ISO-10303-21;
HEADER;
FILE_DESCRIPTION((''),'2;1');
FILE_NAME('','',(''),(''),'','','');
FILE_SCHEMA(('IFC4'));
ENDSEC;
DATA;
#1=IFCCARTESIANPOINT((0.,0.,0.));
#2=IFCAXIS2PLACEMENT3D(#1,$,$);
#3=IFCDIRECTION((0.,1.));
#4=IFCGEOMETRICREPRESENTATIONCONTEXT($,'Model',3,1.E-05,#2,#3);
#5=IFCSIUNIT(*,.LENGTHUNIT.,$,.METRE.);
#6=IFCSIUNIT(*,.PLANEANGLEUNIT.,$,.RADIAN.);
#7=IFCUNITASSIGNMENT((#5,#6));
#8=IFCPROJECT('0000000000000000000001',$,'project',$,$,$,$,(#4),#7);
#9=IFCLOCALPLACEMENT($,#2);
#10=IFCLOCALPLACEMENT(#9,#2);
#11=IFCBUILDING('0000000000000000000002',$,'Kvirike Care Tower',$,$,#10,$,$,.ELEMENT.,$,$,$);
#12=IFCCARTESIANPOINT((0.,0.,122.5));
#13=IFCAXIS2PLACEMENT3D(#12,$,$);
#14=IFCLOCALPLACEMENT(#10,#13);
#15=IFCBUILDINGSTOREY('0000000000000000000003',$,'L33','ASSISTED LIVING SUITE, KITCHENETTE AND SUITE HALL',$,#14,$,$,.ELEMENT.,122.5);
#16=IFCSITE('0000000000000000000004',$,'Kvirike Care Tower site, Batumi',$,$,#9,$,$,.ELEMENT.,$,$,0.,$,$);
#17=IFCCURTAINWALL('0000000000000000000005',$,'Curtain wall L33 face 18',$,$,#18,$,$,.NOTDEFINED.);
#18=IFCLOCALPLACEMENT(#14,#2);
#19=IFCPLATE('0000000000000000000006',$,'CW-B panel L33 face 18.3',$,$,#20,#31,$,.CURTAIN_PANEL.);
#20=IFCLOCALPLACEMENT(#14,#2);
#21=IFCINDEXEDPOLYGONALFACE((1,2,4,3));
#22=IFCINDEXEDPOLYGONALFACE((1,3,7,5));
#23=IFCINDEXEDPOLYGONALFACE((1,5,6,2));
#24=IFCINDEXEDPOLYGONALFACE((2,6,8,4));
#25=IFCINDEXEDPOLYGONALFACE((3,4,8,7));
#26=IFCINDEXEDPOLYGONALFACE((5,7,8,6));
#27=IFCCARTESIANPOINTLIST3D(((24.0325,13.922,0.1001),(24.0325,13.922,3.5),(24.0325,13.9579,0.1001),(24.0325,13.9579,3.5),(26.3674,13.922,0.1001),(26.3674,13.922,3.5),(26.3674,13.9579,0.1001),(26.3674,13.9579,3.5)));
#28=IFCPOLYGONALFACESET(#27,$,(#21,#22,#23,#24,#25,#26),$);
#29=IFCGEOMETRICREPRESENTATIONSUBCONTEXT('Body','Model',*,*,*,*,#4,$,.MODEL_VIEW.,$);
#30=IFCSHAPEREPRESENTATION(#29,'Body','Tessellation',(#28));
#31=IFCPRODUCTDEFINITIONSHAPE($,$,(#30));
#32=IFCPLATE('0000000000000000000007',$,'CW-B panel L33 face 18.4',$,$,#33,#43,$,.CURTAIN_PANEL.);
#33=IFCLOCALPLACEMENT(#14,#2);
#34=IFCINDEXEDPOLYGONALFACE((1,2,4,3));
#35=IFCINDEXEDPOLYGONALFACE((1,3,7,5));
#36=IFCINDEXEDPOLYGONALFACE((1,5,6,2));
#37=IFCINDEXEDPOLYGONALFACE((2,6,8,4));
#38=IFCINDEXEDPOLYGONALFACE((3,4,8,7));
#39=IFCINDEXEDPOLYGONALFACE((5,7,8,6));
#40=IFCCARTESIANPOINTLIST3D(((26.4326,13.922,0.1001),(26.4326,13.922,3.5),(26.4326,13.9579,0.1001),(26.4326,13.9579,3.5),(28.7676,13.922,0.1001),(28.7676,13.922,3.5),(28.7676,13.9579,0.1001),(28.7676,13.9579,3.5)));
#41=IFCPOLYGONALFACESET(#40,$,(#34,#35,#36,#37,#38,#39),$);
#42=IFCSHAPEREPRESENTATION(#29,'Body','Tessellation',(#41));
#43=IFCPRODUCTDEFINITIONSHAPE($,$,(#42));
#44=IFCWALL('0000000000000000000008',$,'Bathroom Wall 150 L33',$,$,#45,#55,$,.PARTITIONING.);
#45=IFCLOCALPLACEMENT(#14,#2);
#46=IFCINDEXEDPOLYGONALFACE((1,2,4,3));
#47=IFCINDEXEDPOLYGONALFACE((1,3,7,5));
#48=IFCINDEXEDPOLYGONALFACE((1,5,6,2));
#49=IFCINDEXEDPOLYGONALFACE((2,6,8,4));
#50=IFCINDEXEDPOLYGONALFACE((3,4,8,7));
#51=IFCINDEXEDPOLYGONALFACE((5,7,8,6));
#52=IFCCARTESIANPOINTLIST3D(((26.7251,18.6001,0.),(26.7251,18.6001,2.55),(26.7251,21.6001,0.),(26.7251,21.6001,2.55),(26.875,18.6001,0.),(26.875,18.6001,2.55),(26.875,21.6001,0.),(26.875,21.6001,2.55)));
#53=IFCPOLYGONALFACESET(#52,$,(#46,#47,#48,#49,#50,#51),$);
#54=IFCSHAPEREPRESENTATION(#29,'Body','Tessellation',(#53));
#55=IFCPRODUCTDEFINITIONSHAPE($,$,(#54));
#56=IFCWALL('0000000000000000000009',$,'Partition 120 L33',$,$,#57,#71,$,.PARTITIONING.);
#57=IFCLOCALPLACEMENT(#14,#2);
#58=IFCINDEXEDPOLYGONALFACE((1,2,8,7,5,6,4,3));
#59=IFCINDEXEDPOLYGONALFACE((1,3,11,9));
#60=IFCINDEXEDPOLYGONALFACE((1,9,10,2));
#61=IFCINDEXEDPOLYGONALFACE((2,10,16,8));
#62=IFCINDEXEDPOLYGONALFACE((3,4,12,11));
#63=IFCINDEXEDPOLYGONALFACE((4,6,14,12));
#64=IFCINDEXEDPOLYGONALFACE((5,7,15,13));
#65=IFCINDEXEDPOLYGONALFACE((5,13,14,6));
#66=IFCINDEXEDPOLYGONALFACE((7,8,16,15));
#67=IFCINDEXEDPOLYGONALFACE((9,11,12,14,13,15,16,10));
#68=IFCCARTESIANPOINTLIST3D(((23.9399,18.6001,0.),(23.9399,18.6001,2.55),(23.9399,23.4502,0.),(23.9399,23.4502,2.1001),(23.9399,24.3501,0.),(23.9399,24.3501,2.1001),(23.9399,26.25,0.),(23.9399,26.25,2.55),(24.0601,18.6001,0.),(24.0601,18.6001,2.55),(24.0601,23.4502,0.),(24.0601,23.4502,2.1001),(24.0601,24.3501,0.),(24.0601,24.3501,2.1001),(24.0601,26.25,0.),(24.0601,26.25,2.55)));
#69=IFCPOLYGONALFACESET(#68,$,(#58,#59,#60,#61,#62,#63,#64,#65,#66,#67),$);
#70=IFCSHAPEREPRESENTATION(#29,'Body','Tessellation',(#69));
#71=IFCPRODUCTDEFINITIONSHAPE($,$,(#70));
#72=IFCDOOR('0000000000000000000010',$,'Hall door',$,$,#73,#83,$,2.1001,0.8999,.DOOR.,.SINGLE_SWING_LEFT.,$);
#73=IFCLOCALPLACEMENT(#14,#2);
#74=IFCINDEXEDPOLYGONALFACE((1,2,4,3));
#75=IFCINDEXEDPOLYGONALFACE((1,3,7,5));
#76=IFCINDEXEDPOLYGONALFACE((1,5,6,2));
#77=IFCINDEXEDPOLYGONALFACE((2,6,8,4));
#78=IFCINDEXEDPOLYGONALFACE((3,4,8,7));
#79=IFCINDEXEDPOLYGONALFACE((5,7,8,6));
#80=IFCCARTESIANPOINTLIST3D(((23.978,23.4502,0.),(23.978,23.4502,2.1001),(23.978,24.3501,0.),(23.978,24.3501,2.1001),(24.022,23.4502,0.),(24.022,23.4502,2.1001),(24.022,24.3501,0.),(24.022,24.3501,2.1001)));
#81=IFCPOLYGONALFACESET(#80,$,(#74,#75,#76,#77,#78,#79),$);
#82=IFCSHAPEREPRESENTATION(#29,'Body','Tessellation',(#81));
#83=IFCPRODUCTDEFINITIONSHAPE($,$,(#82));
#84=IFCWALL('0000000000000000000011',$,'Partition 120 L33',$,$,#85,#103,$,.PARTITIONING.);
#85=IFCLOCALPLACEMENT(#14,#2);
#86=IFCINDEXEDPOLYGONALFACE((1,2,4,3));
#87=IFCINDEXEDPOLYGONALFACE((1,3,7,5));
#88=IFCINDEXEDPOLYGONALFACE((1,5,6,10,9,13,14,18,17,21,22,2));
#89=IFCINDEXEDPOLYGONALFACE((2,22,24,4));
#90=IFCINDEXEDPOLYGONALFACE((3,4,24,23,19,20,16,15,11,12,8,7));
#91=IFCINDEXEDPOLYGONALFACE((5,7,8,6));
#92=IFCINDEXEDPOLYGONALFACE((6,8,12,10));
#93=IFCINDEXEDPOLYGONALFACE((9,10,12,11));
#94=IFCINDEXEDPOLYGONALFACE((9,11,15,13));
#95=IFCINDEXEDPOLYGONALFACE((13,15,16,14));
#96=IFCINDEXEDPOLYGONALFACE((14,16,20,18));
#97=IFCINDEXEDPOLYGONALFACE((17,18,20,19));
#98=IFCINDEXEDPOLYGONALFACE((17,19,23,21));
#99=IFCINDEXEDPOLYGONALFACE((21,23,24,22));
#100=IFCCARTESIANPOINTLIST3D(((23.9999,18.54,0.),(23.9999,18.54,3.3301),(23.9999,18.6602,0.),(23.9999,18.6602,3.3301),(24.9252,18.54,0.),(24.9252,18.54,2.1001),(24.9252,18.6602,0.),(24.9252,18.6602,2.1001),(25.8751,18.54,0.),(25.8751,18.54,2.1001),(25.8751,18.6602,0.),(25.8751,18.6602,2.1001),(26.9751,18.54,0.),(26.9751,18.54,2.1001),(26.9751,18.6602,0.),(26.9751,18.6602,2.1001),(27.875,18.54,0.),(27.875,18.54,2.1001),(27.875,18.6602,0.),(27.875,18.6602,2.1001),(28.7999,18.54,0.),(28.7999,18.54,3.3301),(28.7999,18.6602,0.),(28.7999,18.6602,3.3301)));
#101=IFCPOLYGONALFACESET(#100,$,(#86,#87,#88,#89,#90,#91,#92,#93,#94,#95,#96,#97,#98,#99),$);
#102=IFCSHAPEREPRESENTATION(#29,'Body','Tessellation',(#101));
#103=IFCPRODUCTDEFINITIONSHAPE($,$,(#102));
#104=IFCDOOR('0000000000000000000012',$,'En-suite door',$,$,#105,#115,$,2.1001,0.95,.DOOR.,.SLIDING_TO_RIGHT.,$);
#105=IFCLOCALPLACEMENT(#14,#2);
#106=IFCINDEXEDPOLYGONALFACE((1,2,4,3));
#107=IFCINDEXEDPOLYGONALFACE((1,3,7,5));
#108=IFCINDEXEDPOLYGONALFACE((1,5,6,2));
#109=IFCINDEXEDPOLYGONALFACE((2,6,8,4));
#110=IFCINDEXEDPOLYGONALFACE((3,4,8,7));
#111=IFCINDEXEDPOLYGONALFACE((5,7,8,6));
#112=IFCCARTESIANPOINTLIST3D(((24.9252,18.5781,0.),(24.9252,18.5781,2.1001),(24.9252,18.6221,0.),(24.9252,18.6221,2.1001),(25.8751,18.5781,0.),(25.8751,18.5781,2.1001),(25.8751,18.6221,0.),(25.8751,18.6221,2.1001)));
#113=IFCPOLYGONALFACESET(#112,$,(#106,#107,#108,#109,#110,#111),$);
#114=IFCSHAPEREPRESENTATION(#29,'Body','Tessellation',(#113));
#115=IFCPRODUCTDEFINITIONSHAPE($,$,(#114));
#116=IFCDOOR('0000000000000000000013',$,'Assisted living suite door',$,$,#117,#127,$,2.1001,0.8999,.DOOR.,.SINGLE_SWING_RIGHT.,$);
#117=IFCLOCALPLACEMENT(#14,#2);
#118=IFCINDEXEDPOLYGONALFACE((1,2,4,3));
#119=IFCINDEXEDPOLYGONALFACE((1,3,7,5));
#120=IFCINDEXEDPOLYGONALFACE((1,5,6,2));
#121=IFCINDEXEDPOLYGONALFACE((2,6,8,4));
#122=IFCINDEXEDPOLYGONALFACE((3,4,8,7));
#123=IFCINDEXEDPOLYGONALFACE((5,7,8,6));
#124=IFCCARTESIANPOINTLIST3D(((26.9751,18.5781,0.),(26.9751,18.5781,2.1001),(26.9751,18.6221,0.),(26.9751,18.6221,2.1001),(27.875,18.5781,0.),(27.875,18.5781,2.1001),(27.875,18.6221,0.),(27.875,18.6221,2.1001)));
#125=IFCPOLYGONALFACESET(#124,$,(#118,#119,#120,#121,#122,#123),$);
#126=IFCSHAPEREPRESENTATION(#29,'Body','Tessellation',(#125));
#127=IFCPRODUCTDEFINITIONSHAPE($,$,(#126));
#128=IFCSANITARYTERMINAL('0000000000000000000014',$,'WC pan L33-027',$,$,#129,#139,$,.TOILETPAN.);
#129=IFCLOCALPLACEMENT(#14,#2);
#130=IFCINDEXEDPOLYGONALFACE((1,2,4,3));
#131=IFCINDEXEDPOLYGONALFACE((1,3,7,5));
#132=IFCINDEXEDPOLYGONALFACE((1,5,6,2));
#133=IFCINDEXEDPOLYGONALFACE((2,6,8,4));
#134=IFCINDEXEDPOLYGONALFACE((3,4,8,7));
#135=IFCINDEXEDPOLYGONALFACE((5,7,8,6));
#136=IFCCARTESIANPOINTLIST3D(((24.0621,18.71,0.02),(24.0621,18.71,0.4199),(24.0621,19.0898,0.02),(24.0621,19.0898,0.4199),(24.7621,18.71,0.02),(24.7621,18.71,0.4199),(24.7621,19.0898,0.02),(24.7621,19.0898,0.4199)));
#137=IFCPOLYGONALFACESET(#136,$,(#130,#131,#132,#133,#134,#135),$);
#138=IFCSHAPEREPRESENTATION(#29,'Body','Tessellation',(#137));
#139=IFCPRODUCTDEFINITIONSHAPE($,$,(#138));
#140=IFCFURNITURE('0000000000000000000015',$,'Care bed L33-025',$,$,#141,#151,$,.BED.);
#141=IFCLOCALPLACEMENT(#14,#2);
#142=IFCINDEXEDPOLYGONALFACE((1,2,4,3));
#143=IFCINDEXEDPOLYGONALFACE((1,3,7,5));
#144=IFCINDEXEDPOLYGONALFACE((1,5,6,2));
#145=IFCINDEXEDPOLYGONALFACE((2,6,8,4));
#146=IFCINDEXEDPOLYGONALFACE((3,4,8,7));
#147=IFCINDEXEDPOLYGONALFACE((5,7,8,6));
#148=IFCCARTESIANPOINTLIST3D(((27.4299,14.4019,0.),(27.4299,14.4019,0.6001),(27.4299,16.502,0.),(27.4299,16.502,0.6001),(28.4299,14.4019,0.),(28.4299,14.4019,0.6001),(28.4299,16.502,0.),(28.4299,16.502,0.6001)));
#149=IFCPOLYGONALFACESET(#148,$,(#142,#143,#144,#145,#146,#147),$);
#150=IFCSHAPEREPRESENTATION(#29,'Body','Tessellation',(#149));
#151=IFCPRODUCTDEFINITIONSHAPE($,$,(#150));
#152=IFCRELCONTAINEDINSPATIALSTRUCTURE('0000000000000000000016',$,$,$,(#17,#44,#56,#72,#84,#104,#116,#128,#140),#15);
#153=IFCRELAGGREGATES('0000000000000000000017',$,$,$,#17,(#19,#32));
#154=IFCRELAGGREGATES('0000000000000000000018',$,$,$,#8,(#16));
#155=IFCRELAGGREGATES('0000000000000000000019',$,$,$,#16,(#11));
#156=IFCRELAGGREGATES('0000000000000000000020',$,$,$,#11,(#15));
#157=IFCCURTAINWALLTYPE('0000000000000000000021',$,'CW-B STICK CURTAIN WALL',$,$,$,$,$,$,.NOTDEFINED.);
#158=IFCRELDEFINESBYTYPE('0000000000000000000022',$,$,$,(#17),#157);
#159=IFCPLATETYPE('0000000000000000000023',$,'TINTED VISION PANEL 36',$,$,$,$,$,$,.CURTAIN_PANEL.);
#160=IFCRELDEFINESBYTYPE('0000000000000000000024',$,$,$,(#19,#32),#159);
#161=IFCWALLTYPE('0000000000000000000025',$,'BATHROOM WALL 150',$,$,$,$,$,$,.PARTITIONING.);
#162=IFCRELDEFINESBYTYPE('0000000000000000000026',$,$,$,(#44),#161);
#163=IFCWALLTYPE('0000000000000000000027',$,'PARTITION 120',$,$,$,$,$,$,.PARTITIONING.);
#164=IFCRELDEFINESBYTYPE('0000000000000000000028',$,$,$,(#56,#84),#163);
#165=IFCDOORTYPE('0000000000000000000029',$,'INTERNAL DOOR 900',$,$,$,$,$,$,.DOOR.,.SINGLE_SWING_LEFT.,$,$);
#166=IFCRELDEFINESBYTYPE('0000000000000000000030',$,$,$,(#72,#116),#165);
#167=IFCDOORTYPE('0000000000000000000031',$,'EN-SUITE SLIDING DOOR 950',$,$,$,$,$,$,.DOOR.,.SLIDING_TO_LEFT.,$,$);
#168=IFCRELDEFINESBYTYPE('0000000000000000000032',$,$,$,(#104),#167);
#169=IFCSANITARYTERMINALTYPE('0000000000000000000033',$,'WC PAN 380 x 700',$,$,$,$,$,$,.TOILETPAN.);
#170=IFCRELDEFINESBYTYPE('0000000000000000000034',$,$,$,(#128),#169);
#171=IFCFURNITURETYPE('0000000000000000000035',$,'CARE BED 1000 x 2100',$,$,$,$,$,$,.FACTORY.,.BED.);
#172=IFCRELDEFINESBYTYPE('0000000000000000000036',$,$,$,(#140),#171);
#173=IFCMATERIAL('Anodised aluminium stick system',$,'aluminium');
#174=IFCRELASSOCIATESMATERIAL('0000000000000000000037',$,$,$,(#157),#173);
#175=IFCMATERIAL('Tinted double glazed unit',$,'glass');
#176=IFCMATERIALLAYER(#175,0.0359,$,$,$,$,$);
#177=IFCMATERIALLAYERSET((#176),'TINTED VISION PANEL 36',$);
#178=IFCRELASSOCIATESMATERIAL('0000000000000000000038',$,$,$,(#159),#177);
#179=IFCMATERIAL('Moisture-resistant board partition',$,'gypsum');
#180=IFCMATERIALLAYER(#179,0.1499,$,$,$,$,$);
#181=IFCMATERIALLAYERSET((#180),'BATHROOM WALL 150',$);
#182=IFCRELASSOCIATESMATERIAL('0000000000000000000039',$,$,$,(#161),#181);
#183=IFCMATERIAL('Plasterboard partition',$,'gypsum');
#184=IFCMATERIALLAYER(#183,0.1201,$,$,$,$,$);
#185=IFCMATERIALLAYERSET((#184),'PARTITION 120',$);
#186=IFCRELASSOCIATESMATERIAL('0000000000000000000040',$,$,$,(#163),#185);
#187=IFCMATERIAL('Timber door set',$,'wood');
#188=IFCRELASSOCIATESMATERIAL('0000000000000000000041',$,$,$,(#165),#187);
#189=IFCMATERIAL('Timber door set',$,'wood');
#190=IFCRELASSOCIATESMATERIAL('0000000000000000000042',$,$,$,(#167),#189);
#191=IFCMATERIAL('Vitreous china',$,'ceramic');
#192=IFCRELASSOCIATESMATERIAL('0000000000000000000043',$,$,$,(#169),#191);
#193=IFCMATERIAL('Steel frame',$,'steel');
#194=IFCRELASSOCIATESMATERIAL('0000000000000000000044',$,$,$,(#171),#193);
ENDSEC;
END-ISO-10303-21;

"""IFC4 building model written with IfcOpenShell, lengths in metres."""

from ifc_helpers import new_model, si_unit, direction, frame, frame_2d, origin, origin_2d, place, context, subcontext, project, spatial, rectangle, extrude, material, layer, layer_set, type_object, element, fill, aggregate, save


model = new_model("IFC4")

# Units and contexts
model_context = context("Model", 3, precision=1e-05, world=origin(), true_north=direction((0.0, 1.0)))
body_context = subcontext(model_context, "Body", "Model", "MODEL_VIEW")
ifc_project = project(units=[si_unit("LENGTHUNIT", "METRE"), si_unit("PLANEANGLEUNIT", "RADIAN")], contexts=[model_context])

# Site, building, storey
site_placement = place(None, origin())
site = spatial("IfcSite", under=ifc_project, at=site_placement, Name="Kvirike Care Tower site, Batumi", CompositionType="ELEMENT", RefElevation=0.0)
building_placement = place(site_placement, origin())
building = spatial("IfcBuilding", under=site, at=building_placement, Name="Kvirike Care Tower", CompositionType="ELEMENT")
storey_placement = place(building_placement, frame((0.0, 0.0, 122.5)))
storey = spatial("IfcBuildingStorey", under=building, at=storey_placement, Name="L33", Description="ASSISTED LIVING SUITE, KITCHENETTE AND SUITE HALL", CompositionType="ELEMENT", Elevation=122.5)

# Curtain wall
ifc_material_1 = material(Name="Anodised aluminium stick system", Category="aluminium")
curtain_wall_type = type_object("IfcCurtainWallType", Name="CW-B STICK CURTAIN WALL", PredefinedType="NOTDEFINED", material=ifc_material_1)
curtain_wall_placement = place(storey_placement, origin())
curtain_wall = element("IfcCurtainWall", 1, at=curtain_wall_placement, inside=storey, type_object=curtain_wall_type, Name="Curtain wall L33 face 18", PredefinedType="NOTDEFINED")

# Plates
ifc_material_2 = material(Name="Tinted double glazed unit", Category="glass")
ifc_layer_1 = layer(ifc_material_2, 0.0359)
ifc_layer_set_1 = layer_set([ifc_layer_1], Name="TINTED VISION PANEL 36")
plate_type = type_object("IfcPlateType", Name="TINTED VISION PANEL 36", PredefinedType="CURTAIN_PANEL", material=ifc_layer_set_1)
plate_1_placement = place(storey_placement, frame((25.2, 13.9399, 0.1001), z_axis=(0.0, 0.0, 1.0), x_axis=(1.0, 0.0, 0.0)))
plate_1 = element("IfcPlate", 2, at=plate_1_placement, type_object=plate_type, Name="CW-B panel L33 face 18.3", PredefinedType="CURTAIN_PANEL", context=body_context, shape_type="SweptSolid", body=[
    extrude(rectangle(XDim=2.335, YDim=0.0359, at=origin_2d()), origin(), (0.0, 0.0, 1.0), 3.3999),
])
plate_2_placement = place(storey_placement, frame((27.6001, 13.9399, 0.1001), z_axis=(0.0, 0.0, 1.0), x_axis=(1.0, 0.0, 0.0)))
plate_2 = element("IfcPlate", 3, at=plate_2_placement, type_object=plate_type, Name="CW-B panel L33 face 18.4", PredefinedType="CURTAIN_PANEL", context=body_context, shape_type="SweptSolid", body=[
    extrude(rectangle(XDim=2.335, YDim=0.0359, at=origin_2d()), origin(), (0.0, 0.0, 1.0), 3.3999),
])
aggregate(curtain_wall, [plate_1, plate_2])

# Wall
ifc_material_3 = material(Name="Moisture-resistant board partition", Category="gypsum")
ifc_layer_2 = layer(ifc_material_3, 0.1499)
ifc_layer_set_2 = layer_set([ifc_layer_2], Name="BATHROOM WALL 150")
wall_type_1 = type_object("IfcWallType", Name="BATHROOM WALL 150", PredefinedType="PARTITIONING", material=ifc_layer_set_2)
wall_1_placement = place(storey_placement, frame((26.8, 18.6001, 0.0), z_axis=(0.0, 0.0, 1.0), x_axis=(0.0, 1.0, 0.0)))
element("IfcWall", 4, at=wall_1_placement, inside=storey, type_object=wall_type_1, Name="Bathroom Wall 150 L33", PredefinedType="PARTITIONING", context=body_context, shape_type="SweptSolid", body=[
    extrude(rectangle(XDim=3.0, YDim=0.1499, at=frame_2d((1.5, 0.0))), origin(), (0.0, 0.0, 1.0), 2.55),
])

# Wall, opening, door
ifc_material_4 = material(Name="Plasterboard partition", Category="gypsum")
ifc_layer_3 = layer(ifc_material_4, 0.1201)
ifc_layer_set_3 = layer_set([ifc_layer_3], Name="PARTITION 120")
wall_type_2 = type_object("IfcWallType", Name="PARTITION 120", PredefinedType="PARTITIONING", material=ifc_layer_set_3)
wall_2_placement = place(storey_placement, frame((24.0, 18.6001, 0.0), z_axis=(0.0, 0.0, 1.0), x_axis=(0.0, 1.0, 0.0)))
wall_2 = element("IfcWall", 5, at=wall_2_placement, inside=storey, type_object=wall_type_2, Name="Partition 120 L33", PredefinedType="PARTITIONING", context=body_context, shape_type="SweptSolid", body=[
    extrude(rectangle(XDim=7.6499, YDim=0.1201, at=frame_2d((3.825, 0.0))), origin(), (0.0, 0.0, 1.0), 2.55),
])
opening_1_placement = place(wall_2_placement, frame((4.8501, 0.0, 0.0)))
opening_1 = element("IfcOpeningElement", 6, at=opening_1_placement, cuts=wall_2, PredefinedType="OPENING", context=body_context, shape_type="SweptSolid", body=[
    extrude(rectangle(XDim=0.8999, YDim=2.1001, at=frame_2d((0.45, 1.05))), frame((0.0, 0.0706, 0.0), z_axis=(0.0, -1.0, 0.0), x_axis=(1.0, 0.0, 0.0)), (0.0, 0.0, 1.0), 0.1411),
])
ifc_material_5 = material(Name="Timber door set", Category="wood")
door_type_1 = type_object("IfcDoorType", Name="INTERNAL DOOR 900", OperationType="SINGLE_SWING_LEFT", PredefinedType="DOOR", material=ifc_material_5)
door_1_placement = place(opening_1_placement, frame((0.8999, 0.0, 0.0), z_axis=(0.0, 0.0, 1.0), x_axis=(-1.0, 0.0, 0.0)))
door_1 = element("IfcDoor", 7, at=door_1_placement, inside=storey, type_object=door_type_1, Name="Hall door", OperationType="SINGLE_SWING_LEFT", OverallHeight=2.1001, OverallWidth=0.8999, PredefinedType="DOOR", context=body_context, shape_type="SweptSolid", body=[
    extrude(rectangle(XDim=0.8999, YDim=2.1001, at=frame_2d((0.45, 1.05))), frame((0.0, 0.022, 0.0), z_axis=(0.0, -1.0, 0.0), x_axis=(1.0, 0.0, 0.0)), (0.0, 0.0, 1.0), 0.0439),
])
fill(opening_1, door_1)

# Wall, openings, doors
wall_3_placement = place(storey_placement, frame((24.0, 18.6001, 0.0), z_axis=(0.0, 0.0, 1.0), x_axis=(1.0, 0.0, 0.0)))
wall_3 = element("IfcWall", 8, at=wall_3_placement, inside=storey, type_object=wall_type_2, Name="Partition 120 L33", PredefinedType="PARTITIONING", context=body_context, shape_type="SweptSolid", body=[
    extrude(rectangle(XDim=4.8, YDim=0.1201, at=frame_2d((2.3999, 0.0))), origin(), (0.0, 0.0, 1.0), 3.3301),
])
opening_2_placement = place(wall_3_placement, frame((2.9751, 0.0, 0.0)))
opening_2 = element("IfcOpeningElement", 9, at=opening_2_placement, cuts=wall_3, PredefinedType="OPENING", context=body_context, shape_type="SweptSolid", body=[
    extrude(rectangle(XDim=0.8999, YDim=2.1001, at=frame_2d((0.45, 1.05))), frame((0.0, 0.0706, 0.0), z_axis=(0.0, -1.0, 0.0), x_axis=(1.0, 0.0, 0.0)), (0.0, 0.0, 1.0), 0.1411),
])
opening_3_placement = place(wall_3_placement, frame((0.925, 0.0, 0.0)))
opening_3 = element("IfcOpeningElement", 10, at=opening_3_placement, cuts=wall_3, PredefinedType="OPENING", context=body_context, shape_type="SweptSolid", body=[
    extrude(rectangle(XDim=0.95, YDim=2.1001, at=frame_2d((0.4751, 1.05))), frame((0.0, 0.0706, 0.0), z_axis=(0.0, -1.0, 0.0), x_axis=(1.0, 0.0, 0.0)), (0.0, 0.0, 1.0), 0.1411),
])
ifc_material_6 = material(Name="Timber door set", Category="wood")
door_type_2 = type_object("IfcDoorType", Name="EN-SUITE SLIDING DOOR 950", OperationType="SLIDING_TO_LEFT", PredefinedType="DOOR", material=ifc_material_6)
door_2_placement = place(opening_3_placement, origin())
door_2 = element("IfcDoor", 11, at=door_2_placement, inside=storey, type_object=door_type_2, Name="En-suite door", OperationType="SLIDING_TO_RIGHT", OverallHeight=2.1001, OverallWidth=0.95, PredefinedType="DOOR", context=body_context, shape_type="SweptSolid", body=[
    extrude(rectangle(XDim=0.95, YDim=2.1001, at=frame_2d((0.4751, 1.05))), frame((0.0, 0.022, 0.0), z_axis=(0.0, -1.0, 0.0), x_axis=(1.0, 0.0, 0.0)), (0.0, 0.0, 1.0), 0.0439),
])
fill(opening_3, door_2)
door_3_placement = place(opening_2_placement, frame((0.8999, 0.0, 0.0), z_axis=(0.0, 0.0, 1.0), x_axis=(-1.0, 0.0, 0.0)))
door_3 = element("IfcDoor", 12, at=door_3_placement, inside=storey, type_object=door_type_1, Name="Assisted living suite door", OperationType="SINGLE_SWING_RIGHT", OverallHeight=2.1001, OverallWidth=0.8999, PredefinedType="DOOR", context=body_context, shape_type="SweptSolid", body=[
    extrude(rectangle(XDim=0.8999, YDim=2.1001, at=frame_2d((0.45, 1.05))), frame((0.0, 0.022, 0.0), z_axis=(0.0, -1.0, 0.0), x_axis=(1.0, 0.0, 0.0)), (0.0, 0.0, 1.0), 0.0439),
])
fill(opening_2, door_3)

# Sanitary terminal
ifc_material_7 = material(Name="Vitreous china", Category="ceramic")
sanitary_terminal_type = type_object("IfcSanitaryTerminalType", Name="WC PAN 380 x 700", PredefinedType="TOILETPAN", material=ifc_material_7)
sanitary_terminal_placement = place(storey_placement, frame((24.4121, 18.8999, 0.02), z_axis=(0.0, 0.0, 1.0), x_axis=(0.0, 1.0, 0.0)))
element("IfcSanitaryTerminal", 13, at=sanitary_terminal_placement, inside=storey, type_object=sanitary_terminal_type, Name="WC pan L33-027", PredefinedType="TOILETPAN", context=body_context, shape_type="SweptSolid", body=[
    extrude(rectangle(XDim=0.3799, YDim=0.7, at=origin_2d()), origin(), (0.0, 0.0, 1.0), 0.3999),
])

# Furniture
ifc_material_8 = material(Name="Steel frame", Category="steel")
furniture_type = type_object("IfcFurnitureType", Name="CARE BED 1000 x 2100", AssemblyPlace="FACTORY", PredefinedType="BED", material=ifc_material_8)
furniture_placement = place(storey_placement, frame((27.9299, 15.4519, 0.0), z_axis=(0.0, 0.0, 1.0), x_axis=(-1.0, 0.0, 0.0)))
element("IfcFurniture", 14, at=furniture_placement, inside=storey, type_object=furniture_type, Name="Care bed L33-025", PredefinedType="BED", context=body_context, shape_type="SweptSolid", body=[
    extrude(rectangle(XDim=1.0, YDim=2.1001, at=origin_2d()), origin(), (0.0, 0.0, 1.0), 0.6001),
])

save(model, "model.ifc")
